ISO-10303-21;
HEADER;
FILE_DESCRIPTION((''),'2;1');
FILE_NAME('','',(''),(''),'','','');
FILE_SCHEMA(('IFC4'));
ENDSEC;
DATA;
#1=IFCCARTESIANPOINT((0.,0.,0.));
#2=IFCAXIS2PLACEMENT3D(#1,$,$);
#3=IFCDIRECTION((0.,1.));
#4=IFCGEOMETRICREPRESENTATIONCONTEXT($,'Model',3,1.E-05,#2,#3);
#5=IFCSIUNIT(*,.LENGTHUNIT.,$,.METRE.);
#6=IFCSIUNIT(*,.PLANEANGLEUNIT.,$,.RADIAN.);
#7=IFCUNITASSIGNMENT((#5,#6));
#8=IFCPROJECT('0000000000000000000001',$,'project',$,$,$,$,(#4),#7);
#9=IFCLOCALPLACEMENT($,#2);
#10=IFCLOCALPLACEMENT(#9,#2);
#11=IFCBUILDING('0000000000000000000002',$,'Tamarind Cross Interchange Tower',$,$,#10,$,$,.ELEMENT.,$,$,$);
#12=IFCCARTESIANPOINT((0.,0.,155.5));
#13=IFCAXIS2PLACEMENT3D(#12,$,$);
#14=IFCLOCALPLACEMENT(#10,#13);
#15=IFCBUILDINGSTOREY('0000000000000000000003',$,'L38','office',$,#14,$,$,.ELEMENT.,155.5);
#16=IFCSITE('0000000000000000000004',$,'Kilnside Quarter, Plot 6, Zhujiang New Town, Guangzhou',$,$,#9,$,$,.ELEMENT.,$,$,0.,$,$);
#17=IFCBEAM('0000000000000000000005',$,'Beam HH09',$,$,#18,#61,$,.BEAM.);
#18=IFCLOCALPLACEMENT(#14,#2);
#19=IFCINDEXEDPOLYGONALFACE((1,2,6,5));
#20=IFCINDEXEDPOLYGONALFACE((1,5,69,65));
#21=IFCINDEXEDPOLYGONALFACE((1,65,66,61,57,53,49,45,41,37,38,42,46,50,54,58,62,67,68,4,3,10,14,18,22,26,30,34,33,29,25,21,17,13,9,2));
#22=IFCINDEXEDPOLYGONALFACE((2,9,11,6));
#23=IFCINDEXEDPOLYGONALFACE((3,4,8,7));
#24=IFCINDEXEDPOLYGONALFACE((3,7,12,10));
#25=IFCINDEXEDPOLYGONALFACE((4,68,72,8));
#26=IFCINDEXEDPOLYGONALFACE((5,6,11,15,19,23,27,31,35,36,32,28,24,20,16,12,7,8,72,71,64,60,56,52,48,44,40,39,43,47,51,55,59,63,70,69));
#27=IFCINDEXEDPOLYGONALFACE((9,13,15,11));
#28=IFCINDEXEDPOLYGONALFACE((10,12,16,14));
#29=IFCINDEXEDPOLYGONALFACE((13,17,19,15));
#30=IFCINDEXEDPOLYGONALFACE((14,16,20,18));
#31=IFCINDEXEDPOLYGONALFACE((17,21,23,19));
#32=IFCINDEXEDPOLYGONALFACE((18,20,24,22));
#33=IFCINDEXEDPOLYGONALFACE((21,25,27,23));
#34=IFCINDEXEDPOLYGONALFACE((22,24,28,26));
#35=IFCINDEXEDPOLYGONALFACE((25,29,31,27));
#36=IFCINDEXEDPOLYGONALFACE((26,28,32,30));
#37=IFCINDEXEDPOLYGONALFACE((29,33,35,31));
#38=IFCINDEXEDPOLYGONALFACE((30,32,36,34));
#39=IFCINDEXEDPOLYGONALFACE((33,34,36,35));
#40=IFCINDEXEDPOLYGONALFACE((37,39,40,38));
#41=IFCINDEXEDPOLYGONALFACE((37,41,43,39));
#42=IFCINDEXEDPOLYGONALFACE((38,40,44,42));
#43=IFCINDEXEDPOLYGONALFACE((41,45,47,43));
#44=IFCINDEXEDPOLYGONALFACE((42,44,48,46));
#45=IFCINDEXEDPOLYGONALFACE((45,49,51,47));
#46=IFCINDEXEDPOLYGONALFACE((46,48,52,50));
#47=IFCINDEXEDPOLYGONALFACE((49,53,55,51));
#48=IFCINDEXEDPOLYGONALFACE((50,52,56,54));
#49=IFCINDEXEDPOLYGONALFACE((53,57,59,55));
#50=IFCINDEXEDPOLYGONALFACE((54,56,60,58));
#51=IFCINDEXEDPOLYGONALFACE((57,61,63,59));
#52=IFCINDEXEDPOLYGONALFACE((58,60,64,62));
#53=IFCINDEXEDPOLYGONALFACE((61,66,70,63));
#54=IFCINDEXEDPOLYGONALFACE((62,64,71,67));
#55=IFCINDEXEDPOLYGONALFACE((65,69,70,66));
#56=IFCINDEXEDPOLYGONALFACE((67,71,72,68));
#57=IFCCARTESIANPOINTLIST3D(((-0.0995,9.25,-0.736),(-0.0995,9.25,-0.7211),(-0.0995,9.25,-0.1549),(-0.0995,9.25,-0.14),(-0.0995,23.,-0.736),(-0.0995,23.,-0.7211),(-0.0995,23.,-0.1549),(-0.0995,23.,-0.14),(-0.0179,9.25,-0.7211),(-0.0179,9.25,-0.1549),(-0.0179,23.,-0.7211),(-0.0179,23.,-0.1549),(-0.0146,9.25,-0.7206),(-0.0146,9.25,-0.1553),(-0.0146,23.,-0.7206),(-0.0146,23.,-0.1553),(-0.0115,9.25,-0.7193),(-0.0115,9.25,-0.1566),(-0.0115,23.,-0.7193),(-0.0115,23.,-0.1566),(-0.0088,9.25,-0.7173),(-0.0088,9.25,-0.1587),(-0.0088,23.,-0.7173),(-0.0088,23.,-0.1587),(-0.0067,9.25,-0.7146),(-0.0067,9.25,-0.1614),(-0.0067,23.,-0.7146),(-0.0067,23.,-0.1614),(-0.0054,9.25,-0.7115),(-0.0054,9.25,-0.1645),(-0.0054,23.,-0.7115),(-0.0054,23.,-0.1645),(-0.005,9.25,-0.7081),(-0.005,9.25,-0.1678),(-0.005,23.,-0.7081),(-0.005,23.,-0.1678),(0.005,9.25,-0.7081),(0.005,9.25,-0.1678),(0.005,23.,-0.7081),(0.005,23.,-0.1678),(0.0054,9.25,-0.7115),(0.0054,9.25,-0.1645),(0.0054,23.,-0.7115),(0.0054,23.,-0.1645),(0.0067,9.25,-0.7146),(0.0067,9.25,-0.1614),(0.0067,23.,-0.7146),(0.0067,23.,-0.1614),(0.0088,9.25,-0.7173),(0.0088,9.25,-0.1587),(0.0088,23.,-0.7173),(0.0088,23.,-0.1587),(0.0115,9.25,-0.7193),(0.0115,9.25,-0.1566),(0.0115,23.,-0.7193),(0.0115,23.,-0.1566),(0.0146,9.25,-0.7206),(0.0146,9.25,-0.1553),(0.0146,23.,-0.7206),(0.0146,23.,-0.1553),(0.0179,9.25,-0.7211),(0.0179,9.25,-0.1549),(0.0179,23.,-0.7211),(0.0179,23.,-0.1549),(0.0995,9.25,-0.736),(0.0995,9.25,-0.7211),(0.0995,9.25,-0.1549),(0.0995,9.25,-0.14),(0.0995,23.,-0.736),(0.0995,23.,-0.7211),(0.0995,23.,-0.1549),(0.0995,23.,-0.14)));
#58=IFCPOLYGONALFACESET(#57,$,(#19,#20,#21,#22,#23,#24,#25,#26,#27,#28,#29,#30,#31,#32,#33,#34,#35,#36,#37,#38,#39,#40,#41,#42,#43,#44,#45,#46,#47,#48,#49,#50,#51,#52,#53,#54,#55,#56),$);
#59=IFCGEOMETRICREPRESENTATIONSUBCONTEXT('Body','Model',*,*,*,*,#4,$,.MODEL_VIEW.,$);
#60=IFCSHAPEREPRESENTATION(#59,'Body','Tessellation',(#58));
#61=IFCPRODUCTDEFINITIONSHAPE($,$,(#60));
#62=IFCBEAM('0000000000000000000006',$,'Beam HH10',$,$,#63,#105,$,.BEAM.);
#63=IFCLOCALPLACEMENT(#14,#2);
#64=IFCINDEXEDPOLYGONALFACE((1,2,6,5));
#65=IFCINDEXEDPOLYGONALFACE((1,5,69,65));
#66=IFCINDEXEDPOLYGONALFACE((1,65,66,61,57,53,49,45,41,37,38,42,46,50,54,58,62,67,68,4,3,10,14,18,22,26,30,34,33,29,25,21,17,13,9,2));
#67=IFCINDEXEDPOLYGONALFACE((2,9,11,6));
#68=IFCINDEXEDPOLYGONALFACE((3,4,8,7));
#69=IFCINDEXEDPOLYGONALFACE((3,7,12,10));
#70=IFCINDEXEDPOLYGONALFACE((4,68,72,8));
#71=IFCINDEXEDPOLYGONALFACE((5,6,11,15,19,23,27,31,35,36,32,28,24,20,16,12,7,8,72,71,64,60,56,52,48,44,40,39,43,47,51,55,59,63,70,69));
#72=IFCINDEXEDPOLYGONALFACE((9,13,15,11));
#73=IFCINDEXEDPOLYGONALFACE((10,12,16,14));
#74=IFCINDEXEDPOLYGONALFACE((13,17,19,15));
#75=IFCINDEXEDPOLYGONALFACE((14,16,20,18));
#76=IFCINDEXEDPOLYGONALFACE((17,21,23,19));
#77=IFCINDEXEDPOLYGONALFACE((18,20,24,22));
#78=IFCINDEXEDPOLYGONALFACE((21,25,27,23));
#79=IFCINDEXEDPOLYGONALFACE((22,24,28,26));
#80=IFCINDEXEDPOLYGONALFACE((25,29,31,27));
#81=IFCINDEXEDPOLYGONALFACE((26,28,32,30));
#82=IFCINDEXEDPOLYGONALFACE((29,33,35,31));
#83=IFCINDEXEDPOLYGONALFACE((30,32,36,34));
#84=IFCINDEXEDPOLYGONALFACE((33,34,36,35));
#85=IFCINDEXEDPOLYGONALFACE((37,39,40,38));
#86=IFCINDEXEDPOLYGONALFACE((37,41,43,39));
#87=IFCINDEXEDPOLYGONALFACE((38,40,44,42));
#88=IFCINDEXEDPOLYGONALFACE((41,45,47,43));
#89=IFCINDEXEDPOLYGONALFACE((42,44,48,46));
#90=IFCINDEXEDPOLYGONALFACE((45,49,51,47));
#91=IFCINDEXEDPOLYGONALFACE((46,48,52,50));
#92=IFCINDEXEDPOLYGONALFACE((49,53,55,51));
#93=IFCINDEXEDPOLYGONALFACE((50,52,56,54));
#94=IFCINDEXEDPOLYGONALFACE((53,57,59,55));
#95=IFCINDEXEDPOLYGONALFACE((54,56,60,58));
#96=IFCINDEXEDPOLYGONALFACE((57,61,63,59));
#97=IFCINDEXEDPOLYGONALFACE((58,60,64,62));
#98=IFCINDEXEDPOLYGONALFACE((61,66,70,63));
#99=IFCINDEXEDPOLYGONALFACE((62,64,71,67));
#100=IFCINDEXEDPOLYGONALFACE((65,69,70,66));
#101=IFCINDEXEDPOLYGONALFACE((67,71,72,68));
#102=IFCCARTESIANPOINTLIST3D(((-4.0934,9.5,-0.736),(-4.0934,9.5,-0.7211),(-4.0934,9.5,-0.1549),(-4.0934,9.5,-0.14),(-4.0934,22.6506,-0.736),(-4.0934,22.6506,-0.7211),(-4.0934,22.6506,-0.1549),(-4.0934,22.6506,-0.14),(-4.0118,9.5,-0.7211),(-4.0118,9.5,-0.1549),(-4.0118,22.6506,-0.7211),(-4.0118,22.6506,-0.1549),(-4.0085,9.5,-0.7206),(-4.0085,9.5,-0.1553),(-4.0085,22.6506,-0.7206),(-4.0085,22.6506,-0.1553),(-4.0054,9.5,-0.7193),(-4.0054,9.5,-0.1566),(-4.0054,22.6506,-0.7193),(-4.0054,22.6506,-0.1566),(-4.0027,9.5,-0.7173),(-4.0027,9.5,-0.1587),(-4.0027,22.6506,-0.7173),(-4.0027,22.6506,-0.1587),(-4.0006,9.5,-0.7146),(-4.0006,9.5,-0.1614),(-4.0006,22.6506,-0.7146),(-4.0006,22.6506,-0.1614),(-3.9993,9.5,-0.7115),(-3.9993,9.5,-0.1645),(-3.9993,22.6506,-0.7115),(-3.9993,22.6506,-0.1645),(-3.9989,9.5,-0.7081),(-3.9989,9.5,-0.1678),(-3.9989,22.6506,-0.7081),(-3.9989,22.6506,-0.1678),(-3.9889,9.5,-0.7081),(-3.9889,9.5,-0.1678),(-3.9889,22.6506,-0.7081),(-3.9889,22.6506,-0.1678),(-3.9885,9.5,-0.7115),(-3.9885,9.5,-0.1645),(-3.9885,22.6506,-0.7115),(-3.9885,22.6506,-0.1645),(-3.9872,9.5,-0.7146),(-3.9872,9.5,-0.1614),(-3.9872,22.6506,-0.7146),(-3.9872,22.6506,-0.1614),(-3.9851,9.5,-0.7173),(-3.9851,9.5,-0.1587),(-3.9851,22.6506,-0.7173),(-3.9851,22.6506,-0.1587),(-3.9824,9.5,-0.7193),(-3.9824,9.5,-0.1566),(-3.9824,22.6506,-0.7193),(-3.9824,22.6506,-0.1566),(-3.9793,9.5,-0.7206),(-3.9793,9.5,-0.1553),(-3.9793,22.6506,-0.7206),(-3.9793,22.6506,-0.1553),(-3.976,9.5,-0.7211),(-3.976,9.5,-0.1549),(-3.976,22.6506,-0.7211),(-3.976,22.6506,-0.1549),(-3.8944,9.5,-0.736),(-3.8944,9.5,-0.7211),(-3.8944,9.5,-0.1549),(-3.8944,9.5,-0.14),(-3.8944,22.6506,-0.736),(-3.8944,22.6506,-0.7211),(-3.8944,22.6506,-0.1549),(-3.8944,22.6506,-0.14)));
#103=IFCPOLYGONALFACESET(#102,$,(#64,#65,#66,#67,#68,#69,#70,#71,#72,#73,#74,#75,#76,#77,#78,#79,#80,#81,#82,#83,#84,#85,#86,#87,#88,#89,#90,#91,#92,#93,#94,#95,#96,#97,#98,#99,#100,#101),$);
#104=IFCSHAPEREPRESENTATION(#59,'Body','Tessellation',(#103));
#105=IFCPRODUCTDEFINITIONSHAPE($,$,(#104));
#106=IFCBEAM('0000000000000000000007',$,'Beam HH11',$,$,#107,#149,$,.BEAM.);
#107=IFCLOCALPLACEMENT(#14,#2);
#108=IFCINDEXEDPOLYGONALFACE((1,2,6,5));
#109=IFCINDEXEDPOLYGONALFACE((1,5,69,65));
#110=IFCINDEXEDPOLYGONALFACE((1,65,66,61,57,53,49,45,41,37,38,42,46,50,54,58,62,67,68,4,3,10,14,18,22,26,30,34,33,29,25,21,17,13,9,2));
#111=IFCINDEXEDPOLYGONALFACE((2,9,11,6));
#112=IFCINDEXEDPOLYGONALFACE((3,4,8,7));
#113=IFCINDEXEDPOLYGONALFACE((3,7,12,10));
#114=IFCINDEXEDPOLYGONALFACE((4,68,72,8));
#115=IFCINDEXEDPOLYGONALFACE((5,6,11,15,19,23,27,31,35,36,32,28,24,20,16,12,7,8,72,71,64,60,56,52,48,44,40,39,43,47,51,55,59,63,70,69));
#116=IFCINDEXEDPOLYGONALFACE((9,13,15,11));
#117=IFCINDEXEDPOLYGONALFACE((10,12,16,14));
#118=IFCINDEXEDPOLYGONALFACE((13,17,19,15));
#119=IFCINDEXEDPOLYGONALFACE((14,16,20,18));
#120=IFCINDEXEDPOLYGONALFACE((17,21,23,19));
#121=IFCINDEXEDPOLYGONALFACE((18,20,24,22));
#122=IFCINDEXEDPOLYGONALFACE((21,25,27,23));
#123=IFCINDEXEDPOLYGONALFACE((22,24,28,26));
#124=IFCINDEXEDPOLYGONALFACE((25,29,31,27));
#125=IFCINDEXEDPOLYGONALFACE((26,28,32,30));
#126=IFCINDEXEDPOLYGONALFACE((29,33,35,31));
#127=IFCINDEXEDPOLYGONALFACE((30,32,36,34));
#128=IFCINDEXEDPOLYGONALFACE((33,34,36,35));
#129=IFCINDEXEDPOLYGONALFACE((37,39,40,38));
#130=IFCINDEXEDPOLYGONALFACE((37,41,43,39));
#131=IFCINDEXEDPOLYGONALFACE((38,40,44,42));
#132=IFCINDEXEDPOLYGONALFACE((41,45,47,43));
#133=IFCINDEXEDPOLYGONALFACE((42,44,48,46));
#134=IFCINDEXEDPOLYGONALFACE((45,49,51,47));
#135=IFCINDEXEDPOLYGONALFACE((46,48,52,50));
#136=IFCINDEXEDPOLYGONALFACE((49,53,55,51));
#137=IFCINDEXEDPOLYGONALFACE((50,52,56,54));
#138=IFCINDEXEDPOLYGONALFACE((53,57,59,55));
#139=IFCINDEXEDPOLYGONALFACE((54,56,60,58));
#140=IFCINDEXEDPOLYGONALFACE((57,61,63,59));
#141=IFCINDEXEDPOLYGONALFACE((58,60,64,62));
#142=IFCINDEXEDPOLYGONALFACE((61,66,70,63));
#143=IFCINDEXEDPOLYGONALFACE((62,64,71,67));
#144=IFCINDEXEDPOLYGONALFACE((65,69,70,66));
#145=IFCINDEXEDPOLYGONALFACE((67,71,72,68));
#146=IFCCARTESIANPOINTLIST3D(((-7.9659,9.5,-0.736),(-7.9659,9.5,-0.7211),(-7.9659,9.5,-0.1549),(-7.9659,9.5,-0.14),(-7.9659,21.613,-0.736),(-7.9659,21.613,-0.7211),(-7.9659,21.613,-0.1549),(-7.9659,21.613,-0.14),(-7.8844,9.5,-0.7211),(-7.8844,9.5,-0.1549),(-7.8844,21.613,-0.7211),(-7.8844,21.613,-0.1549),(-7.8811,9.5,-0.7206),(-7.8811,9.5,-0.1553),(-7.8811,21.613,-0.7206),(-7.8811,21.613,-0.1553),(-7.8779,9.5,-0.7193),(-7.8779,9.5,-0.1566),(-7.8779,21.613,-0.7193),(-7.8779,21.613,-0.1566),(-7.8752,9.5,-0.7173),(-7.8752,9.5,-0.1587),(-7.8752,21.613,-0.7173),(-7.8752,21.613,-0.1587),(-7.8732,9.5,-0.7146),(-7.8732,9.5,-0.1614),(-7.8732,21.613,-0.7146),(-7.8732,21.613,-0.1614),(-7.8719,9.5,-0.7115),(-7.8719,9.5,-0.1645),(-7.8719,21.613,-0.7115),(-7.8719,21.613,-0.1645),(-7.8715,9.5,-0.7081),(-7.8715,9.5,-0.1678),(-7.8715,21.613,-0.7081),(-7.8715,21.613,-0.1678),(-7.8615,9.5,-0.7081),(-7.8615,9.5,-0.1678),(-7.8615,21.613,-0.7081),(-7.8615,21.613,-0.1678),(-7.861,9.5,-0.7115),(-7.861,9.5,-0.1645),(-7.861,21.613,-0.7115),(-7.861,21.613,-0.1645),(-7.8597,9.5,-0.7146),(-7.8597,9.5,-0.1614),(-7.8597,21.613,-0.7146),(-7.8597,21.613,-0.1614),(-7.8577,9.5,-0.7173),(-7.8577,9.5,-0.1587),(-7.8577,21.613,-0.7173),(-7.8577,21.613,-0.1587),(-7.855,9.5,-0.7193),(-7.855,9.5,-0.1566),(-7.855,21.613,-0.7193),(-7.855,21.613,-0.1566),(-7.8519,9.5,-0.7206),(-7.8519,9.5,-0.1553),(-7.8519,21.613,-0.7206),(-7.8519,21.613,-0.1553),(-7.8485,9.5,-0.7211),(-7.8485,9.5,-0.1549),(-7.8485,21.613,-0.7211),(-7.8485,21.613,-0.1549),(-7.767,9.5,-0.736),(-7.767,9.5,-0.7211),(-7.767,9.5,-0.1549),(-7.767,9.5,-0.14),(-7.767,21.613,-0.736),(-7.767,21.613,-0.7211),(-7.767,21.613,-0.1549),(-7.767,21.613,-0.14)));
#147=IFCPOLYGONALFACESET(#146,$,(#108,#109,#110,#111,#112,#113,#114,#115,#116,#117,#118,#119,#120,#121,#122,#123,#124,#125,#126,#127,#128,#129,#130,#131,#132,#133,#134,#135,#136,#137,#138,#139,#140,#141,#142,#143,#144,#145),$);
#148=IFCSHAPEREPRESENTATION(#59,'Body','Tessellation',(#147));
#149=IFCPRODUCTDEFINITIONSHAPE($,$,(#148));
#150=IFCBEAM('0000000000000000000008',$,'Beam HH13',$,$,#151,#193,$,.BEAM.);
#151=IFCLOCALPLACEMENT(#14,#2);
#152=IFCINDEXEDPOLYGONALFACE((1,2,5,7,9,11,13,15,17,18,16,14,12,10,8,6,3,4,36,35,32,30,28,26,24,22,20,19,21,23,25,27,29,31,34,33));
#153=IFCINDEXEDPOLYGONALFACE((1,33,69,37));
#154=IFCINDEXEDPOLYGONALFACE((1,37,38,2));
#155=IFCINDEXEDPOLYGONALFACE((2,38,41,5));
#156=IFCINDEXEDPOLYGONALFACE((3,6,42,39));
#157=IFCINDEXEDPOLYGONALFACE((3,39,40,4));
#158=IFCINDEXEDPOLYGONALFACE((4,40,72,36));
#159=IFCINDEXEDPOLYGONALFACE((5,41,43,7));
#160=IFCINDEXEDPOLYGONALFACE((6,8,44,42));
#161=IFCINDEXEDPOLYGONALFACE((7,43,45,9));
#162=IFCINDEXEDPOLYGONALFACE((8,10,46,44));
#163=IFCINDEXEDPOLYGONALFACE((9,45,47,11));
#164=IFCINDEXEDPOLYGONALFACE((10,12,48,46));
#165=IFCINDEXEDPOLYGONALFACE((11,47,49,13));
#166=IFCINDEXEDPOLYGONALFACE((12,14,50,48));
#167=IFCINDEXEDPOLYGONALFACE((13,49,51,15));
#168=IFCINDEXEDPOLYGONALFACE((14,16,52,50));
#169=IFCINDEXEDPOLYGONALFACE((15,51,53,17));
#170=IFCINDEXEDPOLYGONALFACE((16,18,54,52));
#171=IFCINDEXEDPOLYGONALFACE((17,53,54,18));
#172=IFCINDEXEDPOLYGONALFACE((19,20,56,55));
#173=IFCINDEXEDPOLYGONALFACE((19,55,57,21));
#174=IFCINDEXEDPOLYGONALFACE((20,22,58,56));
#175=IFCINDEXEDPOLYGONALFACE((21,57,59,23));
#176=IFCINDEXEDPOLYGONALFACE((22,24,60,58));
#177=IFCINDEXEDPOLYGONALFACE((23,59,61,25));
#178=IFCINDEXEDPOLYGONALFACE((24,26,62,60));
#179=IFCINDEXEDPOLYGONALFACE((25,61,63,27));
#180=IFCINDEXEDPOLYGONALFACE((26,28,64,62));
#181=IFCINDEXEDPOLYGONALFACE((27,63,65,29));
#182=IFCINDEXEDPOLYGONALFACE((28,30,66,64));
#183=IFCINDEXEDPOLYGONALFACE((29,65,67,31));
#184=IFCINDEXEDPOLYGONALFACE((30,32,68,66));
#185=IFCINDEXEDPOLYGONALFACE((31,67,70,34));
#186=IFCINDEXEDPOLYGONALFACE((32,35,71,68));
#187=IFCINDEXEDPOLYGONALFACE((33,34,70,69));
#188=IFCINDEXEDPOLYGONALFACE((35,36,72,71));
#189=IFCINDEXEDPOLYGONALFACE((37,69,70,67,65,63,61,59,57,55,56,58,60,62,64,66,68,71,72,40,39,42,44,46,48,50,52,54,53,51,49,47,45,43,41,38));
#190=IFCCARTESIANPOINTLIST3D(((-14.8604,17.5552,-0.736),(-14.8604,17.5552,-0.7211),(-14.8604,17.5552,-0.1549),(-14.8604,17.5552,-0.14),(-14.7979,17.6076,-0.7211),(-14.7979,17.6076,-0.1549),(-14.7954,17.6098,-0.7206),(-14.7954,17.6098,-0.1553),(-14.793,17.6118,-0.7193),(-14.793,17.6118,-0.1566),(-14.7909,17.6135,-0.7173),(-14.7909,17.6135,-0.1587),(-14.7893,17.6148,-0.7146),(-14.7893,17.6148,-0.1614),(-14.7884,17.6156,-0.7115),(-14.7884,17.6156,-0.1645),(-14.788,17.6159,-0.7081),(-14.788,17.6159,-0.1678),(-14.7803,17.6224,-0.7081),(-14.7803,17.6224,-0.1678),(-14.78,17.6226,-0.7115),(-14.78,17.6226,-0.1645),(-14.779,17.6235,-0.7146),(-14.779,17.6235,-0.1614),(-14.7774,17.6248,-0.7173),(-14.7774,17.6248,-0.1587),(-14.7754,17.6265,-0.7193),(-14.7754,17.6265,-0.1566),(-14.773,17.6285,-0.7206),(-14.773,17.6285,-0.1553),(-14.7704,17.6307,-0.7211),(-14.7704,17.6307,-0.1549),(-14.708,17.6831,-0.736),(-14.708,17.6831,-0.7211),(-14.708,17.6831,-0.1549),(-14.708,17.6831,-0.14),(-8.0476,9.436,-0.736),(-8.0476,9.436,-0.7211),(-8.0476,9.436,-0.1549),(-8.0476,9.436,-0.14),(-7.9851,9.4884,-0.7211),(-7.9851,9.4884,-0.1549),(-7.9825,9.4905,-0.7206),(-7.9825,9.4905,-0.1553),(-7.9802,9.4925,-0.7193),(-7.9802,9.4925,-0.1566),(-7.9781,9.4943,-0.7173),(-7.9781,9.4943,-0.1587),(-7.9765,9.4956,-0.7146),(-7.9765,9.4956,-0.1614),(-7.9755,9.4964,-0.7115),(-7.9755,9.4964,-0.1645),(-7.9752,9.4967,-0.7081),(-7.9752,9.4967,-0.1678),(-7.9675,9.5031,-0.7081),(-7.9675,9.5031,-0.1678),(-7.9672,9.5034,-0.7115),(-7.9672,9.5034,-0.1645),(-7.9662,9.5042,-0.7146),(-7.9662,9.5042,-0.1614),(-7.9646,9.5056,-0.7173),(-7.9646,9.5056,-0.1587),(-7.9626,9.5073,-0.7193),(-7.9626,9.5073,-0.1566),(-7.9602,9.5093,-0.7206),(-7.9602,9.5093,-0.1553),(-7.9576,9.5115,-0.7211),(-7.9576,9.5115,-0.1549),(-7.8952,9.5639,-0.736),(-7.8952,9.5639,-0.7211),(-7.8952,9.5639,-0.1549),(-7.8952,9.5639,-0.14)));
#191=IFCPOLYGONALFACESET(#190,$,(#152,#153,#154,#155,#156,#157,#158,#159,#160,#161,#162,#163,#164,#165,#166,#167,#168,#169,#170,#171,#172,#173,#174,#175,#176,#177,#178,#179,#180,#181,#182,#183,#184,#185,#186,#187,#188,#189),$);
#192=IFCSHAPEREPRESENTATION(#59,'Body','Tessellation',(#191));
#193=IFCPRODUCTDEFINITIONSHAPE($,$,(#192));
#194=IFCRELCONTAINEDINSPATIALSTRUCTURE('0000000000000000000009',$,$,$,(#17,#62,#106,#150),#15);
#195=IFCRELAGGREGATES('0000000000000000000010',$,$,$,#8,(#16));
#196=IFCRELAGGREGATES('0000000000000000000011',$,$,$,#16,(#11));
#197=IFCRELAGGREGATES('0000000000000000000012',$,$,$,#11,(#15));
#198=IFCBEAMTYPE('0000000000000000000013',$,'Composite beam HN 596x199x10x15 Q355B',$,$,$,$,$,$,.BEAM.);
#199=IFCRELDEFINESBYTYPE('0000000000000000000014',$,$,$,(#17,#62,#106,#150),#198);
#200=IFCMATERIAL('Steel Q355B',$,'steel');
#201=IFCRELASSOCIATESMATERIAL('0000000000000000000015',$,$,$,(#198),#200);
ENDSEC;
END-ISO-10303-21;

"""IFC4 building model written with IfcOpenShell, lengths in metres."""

from ifc_helpers import new_model, si_unit, direction, frame, origin, origin_2d, place, context, subcontext, project, spatial, i_section, extrude, material, material_profile, profile_set, type_object, element, save


model = new_model("IFC4")

# Units and contexts
model_context = context("Model", 3, precision=1e-05, world=origin(), true_north=direction((0.0, 1.0)))
body_context = subcontext(model_context, "Body", "Model", "MODEL_VIEW")
ifc_project = project(units=[si_unit("LENGTHUNIT", "METRE"), si_unit("PLANEANGLEUNIT", "RADIAN")], contexts=[model_context])

# Site, building, storey
site_placement = place(None, origin())
site = spatial("IfcSite", under=ifc_project, at=site_placement, Name="Kilnside Quarter, Plot 6, Zhujiang New Town, Guangzhou", CompositionType="ELEMENT", RefElevation=0.0)
building_placement = place(site_placement, origin())
building = spatial("IfcBuilding", under=site, at=building_placement, Name="Tamarind Cross Interchange Tower", CompositionType="ELEMENT")
storey_placement = place(building_placement, frame((0.0, 0.0, 155.5)))
storey = spatial("IfcBuildingStorey", under=building, at=storey_placement, Name="L38", Description="office", CompositionType="ELEMENT", Elevation=155.5)

# Beams
ifc_material_1 = material(Name="Steel Q355B", Category="steel")
ifc_material_profile_1 = material_profile(ifc_material_1, i_section(OverallWidth=0.199, OverallDepth=0.5959, WebThickness=0.01, FlangeThickness=0.0149, FilletRadius=0.0129, at=origin_2d()), Name="HN 596x199x10x15")
ifc_profile_set_1 = profile_set([ifc_material_profile_1], Name="Steel Q355B")
beam_type_1 = type_object("IfcBeamType", Name="Composite beam HN 596x199x10x15 Q355B", PredefinedType="BEAM", material=ifc_profile_set_1)
beam_1_placement = place(storey_placement, frame((0.0, 23.0, -0.438), z_axis=(0.0, -1.0, 0.0), x_axis=(1.0, 0.0, 0.0)))
element("IfcBeam", 1, at=beam_1_placement, inside=storey, type_object=beam_type_1, Name="Beam HH09", PredefinedType="BEAM", context=body_context, shape_type="SweptSolid", body=[
    extrude(i_section(OverallWidth=0.199, OverallDepth=0.5959, WebThickness=0.01, FlangeThickness=0.0149, FilletRadius=0.0129, at=origin_2d()), origin(), (0.0, 0.0, 1.0), 13.75),
])
beam_2_placement = place(storey_placement, frame((-3.9939, 22.6506, -0.438), z_axis=(0.0, -1.0, 0.0), x_axis=(1.0, 0.0, 0.0)))
element("IfcBeam", 2, at=beam_2_placement, inside=storey, type_object=beam_type_1, Name="Beam HH10", PredefinedType="BEAM", context=body_context, shape_type="SweptSolid", body=[
    extrude(i_section(OverallWidth=0.199, OverallDepth=0.5959, WebThickness=0.01, FlangeThickness=0.0149, FilletRadius=0.0129, at=origin_2d()), origin(), (0.0, 0.0, 1.0), 13.1506),
])
beam_3_placement = place(storey_placement, frame((-7.8665, 21.613, -0.438), z_axis=(0.0, -1.0, 0.0), x_axis=(1.0, 0.0, 0.0)))
element("IfcBeam", 3, at=beam_3_placement, inside=storey, type_object=beam_type_1, Name="Beam HH11", PredefinedType="BEAM", context=body_context, shape_type="SweptSolid", body=[
    extrude(i_section(OverallWidth=0.199, OverallDepth=0.5959, WebThickness=0.01, FlangeThickness=0.0149, FilletRadius=0.0129, at=origin_2d()), origin(), (0.0, 0.0, 1.0), 12.113),
])
beam_4_placement = place(storey_placement, frame((-14.7842, 17.6191, -0.438), z_axis=(0.642786, -0.766046, 0.0), x_axis=(0.766046, 0.642786, 0.0)))
element("IfcBeam", 4, at=beam_4_placement, inside=storey, type_object=beam_type_1, Name="Beam HH13", PredefinedType="BEAM", context=body_context, shape_type="SweptSolid", body=[
    extrude(i_section(OverallWidth=0.199, OverallDepth=0.5959, WebThickness=0.01, FlangeThickness=0.0149, FilletRadius=0.0129, at=origin_2d()), origin(), (0.0, 0.0, 1.0), 10.5989),
])

save(model, "model.ifc")
